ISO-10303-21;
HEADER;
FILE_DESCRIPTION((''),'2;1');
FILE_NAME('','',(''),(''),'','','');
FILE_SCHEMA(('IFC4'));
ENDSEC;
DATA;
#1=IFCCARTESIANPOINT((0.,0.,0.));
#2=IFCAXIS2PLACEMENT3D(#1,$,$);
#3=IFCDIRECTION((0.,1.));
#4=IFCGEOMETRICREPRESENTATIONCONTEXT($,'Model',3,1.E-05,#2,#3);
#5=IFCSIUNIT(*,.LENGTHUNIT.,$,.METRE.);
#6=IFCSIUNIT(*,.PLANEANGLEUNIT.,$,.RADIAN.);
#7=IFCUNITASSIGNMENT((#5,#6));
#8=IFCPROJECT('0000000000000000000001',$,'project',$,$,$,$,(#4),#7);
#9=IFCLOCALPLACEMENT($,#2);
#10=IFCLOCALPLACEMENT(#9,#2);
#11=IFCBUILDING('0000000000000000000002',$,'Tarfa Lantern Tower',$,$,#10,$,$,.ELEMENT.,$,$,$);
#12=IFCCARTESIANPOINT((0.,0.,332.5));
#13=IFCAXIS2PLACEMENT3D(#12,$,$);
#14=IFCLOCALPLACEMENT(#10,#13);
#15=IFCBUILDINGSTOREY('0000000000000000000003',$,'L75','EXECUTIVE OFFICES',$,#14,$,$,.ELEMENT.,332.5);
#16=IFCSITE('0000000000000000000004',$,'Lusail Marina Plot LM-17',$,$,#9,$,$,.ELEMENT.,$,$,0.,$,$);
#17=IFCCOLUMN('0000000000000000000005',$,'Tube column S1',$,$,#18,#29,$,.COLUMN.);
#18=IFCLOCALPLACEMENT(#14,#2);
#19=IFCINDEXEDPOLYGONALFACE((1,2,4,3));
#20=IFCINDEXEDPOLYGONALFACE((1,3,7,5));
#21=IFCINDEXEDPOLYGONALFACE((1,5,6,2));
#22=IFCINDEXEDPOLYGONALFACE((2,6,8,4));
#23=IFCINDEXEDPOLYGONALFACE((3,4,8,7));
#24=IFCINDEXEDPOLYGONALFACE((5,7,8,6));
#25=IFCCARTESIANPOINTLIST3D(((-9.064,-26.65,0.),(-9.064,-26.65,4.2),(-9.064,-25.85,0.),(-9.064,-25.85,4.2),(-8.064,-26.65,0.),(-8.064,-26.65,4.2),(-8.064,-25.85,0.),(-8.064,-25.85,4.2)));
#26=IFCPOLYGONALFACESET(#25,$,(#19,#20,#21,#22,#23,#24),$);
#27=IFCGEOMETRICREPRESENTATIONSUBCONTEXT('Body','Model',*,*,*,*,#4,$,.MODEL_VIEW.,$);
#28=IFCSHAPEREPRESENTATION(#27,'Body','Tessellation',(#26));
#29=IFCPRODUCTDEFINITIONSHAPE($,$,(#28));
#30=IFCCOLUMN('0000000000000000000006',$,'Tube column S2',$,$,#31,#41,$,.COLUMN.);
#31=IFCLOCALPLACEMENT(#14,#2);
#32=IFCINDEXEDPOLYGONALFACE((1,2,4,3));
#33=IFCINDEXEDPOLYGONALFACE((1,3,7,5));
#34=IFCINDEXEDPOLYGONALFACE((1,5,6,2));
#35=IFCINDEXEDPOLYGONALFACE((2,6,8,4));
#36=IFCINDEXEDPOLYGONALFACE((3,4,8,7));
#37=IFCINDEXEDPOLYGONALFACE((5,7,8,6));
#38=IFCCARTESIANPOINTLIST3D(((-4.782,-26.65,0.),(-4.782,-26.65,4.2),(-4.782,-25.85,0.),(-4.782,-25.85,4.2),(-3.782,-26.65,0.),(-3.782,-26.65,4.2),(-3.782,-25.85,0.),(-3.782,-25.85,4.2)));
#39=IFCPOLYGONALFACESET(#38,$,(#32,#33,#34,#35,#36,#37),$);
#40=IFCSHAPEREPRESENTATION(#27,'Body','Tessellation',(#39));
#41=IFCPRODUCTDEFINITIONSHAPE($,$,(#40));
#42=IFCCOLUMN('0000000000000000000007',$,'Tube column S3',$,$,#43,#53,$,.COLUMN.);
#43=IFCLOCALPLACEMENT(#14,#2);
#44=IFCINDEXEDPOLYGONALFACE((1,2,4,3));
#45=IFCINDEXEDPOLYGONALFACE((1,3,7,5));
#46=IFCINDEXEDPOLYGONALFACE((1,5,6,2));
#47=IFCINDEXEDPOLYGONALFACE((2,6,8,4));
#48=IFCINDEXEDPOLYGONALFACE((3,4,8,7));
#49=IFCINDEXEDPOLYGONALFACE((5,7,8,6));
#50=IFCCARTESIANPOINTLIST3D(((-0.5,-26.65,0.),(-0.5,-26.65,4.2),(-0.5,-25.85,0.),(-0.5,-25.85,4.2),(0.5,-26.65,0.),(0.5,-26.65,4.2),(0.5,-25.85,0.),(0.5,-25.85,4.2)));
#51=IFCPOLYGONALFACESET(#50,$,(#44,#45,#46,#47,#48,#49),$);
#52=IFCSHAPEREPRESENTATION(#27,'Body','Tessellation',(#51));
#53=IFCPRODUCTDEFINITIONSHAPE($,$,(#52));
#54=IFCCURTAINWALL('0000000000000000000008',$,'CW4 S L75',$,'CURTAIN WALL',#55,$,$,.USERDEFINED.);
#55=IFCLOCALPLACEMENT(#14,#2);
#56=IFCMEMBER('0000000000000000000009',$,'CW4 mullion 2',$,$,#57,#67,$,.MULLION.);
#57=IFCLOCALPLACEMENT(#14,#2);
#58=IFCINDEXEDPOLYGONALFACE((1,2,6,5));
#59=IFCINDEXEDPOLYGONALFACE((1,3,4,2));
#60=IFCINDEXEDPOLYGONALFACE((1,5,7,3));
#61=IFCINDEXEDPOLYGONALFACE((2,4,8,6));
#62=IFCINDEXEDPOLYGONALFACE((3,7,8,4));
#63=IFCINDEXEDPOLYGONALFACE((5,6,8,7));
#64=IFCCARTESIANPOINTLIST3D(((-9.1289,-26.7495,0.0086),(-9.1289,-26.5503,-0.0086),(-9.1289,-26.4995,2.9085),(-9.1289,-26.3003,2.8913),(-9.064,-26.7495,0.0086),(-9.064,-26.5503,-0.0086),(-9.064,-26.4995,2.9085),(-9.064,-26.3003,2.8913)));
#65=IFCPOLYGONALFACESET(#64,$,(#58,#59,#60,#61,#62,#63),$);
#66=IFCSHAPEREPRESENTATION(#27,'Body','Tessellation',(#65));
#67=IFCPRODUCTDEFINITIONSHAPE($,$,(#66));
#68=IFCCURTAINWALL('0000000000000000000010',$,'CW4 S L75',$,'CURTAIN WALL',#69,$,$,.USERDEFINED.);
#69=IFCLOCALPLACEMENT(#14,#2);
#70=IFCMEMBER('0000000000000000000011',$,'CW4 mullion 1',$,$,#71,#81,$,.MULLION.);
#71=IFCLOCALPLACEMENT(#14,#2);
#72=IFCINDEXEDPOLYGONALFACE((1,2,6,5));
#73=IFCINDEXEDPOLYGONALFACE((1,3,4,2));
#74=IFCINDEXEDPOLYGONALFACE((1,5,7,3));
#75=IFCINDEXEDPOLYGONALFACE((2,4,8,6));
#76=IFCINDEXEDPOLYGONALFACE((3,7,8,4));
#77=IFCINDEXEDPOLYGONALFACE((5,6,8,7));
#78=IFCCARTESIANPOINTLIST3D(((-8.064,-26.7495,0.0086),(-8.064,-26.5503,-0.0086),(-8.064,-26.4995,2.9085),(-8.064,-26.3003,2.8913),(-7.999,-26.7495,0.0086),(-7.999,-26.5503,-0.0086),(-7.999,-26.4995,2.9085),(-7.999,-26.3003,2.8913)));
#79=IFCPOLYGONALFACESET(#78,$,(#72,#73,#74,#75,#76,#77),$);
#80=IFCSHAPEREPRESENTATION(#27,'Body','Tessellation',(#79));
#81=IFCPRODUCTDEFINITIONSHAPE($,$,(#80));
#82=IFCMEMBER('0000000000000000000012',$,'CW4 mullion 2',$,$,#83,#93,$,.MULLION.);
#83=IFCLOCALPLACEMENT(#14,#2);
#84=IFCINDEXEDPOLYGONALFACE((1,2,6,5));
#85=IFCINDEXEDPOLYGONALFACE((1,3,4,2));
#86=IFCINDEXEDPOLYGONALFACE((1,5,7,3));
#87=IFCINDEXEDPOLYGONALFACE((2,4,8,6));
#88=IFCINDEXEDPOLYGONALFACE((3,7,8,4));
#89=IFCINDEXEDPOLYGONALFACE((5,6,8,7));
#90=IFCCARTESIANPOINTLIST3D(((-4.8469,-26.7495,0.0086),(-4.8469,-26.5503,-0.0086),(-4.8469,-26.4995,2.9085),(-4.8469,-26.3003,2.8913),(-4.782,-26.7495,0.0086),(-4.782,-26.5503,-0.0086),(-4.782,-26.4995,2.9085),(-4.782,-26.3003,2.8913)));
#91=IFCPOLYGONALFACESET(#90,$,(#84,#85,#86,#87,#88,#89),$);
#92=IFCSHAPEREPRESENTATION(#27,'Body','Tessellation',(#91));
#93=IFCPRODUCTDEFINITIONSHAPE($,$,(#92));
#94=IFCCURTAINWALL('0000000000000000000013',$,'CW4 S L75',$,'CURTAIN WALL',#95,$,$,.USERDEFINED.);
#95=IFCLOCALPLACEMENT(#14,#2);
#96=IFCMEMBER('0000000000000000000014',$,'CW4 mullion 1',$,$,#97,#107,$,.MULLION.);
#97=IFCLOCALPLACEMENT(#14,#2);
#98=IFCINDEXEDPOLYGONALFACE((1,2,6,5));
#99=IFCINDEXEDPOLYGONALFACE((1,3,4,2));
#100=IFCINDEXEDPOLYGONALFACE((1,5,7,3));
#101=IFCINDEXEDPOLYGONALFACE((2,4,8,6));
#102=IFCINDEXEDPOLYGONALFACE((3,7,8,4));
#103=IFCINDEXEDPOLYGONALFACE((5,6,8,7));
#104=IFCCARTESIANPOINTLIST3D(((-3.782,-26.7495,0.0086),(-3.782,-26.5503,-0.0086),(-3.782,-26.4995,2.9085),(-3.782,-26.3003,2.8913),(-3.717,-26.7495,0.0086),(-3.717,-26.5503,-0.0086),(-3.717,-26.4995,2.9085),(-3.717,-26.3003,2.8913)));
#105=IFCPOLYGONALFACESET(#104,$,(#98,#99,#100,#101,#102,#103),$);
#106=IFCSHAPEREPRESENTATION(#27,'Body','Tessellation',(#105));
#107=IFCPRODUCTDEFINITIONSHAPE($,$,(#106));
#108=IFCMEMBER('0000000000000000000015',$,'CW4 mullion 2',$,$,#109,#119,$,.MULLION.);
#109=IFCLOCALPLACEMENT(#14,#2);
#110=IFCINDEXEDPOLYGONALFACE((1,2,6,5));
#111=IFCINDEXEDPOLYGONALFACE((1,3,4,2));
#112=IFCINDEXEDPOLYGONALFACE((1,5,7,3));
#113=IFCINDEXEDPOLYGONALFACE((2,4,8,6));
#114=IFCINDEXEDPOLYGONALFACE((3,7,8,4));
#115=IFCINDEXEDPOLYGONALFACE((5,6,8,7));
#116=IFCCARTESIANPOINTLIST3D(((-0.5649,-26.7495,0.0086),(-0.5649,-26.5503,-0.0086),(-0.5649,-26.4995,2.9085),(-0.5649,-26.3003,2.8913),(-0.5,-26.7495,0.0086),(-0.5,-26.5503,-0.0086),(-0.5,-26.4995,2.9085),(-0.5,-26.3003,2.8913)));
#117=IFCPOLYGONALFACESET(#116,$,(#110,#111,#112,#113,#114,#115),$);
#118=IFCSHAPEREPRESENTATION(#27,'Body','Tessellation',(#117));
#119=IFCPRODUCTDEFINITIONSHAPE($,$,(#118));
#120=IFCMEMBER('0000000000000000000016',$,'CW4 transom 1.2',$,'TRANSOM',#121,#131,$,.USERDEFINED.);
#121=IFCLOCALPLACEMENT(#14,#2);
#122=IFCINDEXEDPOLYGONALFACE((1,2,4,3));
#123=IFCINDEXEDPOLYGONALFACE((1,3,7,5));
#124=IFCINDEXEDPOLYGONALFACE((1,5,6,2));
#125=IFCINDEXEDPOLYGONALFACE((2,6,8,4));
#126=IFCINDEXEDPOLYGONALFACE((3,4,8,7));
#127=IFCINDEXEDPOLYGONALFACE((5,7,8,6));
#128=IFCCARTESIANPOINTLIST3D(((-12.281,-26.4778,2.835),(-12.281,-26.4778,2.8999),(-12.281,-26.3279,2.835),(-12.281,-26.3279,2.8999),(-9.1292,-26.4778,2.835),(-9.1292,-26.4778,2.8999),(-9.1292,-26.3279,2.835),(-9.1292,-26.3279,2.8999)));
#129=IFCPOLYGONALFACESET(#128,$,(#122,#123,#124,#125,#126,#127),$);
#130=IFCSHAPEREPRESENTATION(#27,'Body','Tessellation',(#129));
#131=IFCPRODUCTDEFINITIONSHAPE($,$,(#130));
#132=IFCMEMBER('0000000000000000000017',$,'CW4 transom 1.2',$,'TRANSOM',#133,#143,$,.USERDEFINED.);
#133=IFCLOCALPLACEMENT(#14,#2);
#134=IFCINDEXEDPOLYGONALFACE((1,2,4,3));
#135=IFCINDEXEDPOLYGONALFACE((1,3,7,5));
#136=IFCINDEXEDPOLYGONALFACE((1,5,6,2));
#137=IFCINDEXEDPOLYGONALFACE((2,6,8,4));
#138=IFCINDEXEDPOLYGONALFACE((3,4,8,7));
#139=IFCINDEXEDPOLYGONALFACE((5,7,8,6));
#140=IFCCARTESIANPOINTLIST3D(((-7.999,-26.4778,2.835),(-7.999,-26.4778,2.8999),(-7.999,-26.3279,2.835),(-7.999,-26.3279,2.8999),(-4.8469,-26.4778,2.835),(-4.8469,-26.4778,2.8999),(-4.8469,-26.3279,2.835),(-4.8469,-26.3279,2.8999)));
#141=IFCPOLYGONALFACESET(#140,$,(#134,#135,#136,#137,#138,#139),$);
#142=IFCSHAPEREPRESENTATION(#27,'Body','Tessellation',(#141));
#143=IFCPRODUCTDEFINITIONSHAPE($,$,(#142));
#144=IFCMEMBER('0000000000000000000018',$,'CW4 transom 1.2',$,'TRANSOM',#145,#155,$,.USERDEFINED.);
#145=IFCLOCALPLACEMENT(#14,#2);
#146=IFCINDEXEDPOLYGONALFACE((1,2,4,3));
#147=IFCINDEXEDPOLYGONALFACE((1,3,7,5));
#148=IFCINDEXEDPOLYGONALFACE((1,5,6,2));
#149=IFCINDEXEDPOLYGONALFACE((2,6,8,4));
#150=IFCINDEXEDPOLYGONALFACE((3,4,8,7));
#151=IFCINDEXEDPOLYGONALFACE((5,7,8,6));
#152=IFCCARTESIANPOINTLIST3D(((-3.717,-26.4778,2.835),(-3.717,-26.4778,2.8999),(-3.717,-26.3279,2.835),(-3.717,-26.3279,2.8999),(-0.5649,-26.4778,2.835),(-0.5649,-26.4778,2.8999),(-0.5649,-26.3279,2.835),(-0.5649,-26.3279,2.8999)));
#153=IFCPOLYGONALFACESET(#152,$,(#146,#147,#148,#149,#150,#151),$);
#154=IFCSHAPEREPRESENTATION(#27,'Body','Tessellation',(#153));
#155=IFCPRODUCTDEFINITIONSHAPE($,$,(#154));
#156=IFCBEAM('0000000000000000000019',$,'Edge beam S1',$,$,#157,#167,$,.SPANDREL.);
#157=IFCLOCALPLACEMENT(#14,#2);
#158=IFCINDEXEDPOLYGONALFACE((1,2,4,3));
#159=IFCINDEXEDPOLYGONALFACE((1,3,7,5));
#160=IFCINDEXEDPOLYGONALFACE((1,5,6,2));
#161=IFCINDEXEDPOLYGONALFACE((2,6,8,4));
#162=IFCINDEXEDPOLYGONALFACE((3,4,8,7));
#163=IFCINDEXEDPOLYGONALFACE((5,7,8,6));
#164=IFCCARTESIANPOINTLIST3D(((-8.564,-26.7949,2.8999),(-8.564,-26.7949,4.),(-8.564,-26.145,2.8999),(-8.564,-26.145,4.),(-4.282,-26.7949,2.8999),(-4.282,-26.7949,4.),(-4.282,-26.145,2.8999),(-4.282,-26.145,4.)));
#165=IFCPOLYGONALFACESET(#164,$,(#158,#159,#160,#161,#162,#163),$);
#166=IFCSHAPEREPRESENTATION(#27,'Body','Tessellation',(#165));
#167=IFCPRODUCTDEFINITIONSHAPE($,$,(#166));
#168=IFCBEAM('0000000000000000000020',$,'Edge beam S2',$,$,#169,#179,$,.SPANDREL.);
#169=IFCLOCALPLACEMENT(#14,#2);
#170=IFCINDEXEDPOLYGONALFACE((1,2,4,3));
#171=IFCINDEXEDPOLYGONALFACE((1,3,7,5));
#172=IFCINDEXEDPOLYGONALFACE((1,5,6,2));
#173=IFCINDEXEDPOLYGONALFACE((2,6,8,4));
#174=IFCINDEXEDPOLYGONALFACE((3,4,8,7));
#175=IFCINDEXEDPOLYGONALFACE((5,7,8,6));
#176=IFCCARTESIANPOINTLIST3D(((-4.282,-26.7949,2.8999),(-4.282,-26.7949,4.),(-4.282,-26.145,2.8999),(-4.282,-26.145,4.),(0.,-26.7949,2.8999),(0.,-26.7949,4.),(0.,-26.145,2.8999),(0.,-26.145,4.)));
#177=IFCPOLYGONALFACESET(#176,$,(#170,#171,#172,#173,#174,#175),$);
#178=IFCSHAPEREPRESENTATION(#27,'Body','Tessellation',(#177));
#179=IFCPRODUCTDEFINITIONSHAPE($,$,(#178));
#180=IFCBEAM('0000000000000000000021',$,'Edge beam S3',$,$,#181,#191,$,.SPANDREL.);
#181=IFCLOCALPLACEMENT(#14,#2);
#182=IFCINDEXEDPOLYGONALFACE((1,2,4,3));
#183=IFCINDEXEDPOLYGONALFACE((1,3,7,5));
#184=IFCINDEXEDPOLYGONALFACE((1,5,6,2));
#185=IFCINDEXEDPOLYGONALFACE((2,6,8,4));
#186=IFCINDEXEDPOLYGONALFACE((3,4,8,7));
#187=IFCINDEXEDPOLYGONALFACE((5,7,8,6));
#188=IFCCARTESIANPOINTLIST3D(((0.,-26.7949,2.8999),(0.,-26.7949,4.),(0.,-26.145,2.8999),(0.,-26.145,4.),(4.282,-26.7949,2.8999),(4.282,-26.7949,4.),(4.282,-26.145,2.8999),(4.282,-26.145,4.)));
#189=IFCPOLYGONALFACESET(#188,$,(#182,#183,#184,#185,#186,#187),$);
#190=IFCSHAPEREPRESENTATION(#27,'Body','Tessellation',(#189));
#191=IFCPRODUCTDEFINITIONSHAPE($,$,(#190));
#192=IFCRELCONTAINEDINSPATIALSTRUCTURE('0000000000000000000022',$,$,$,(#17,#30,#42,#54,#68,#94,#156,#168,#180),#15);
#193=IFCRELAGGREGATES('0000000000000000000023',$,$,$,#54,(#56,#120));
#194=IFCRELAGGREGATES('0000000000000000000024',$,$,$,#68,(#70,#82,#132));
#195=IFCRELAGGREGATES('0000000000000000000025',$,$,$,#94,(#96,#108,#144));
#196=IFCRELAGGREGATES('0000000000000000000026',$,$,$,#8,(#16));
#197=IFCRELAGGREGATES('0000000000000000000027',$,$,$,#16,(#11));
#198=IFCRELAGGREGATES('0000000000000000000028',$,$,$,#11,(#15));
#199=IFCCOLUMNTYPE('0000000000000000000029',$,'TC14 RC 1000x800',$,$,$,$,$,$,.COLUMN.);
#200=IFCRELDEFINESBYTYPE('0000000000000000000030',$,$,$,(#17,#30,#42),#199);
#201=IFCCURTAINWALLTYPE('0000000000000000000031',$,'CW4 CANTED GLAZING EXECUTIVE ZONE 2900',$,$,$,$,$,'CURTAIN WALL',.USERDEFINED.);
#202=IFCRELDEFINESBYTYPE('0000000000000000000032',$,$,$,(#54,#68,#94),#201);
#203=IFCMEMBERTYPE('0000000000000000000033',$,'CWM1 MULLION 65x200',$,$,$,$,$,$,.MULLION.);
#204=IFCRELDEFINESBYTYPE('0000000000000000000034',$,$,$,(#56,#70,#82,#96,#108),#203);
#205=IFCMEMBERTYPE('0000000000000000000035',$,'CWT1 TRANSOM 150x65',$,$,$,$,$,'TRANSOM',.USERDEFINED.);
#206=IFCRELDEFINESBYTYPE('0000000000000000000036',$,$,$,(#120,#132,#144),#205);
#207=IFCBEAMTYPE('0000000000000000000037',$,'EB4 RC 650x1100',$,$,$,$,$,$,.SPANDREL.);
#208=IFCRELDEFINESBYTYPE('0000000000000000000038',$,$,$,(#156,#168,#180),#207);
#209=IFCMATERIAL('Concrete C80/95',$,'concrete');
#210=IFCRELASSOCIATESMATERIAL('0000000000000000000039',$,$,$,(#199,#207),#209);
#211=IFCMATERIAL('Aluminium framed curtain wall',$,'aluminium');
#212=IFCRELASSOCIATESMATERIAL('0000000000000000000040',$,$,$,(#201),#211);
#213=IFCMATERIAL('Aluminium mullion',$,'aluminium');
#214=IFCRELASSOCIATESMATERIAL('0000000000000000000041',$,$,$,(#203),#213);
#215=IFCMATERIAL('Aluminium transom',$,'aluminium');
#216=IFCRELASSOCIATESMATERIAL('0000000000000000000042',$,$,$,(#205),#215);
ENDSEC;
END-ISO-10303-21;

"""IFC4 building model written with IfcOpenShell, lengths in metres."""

from ifc_helpers import new_model, si_unit, direction, frame, origin, origin_2d, place, context, subcontext, project, spatial, rectangle, extrude, material, material_profile, profile_set, type_object, element, aggregate, save


model = new_model("IFC4")

# Units and contexts
model_context = context("Model", 3, precision=1e-05, world=origin(), true_north=direction((0.0, 1.0)))
body_context = subcontext(model_context, "Body", "Model", "MODEL_VIEW")
ifc_project = project(units=[si_unit("LENGTHUNIT", "METRE"), si_unit("PLANEANGLEUNIT", "RADIAN")], contexts=[model_context])

# Site, building, storey
site_placement = place(None, origin())
site = spatial("IfcSite", under=ifc_project, at=site_placement, Name="Lusail Marina Plot LM-17", CompositionType="ELEMENT", RefElevation=0.0)
building_placement = place(site_placement, origin())
building = spatial("IfcBuilding", under=site, at=building_placement, Name="Tarfa Lantern Tower", CompositionType="ELEMENT")
storey_placement = place(building_placement, frame((0.0, 0.0, 332.5)))
storey = spatial("IfcBuildingStorey", under=building, at=storey_placement, Name="L75", Description="EXECUTIVE OFFICES", CompositionType="ELEMENT", Elevation=332.5)

# Columns
ifc_material_1 = material(Name="Concrete C80/95", Category="concrete")
ifc_material_profile_1 = material_profile(ifc_material_1, rectangle(XDim=1.0, YDim=0.8, at=origin_2d()), Name="RC 1000x800")
ifc_profile_set_1 = profile_set([ifc_material_profile_1], Name="Concrete C80/95")
column_type = type_object("IfcColumnType", Name="TC14 RC 1000x800", PredefinedType="COLUMN", material=ifc_profile_set_1)
for number, where, z_axis, x_axis, name in (
    (1, (-8.564, -26.25, 0.0), (0.0, 0.0, 1.0), (1.0, 0.0, 0.0), "Tube column S1"),
    (2, (-4.282, -26.25, 0.0), (0.0, 0.0, 1.0), (1.0, 0.0, 0.0), "Tube column S2"),
    (3, (0.0, -26.25, 0.0), (0.0, 0.0, 1.0), (1.0, 0.0, 0.0), "Tube column S3"),
):
    element("IfcColumn", number, at=place(storey_placement, frame(where, z_axis=z_axis, x_axis=x_axis)), inside=storey, type_object=column_type, Name=name, PredefinedType="COLUMN", context=body_context, shape_type="SweptSolid", body=[
        extrude(rectangle(XDim=1.0, YDim=0.8, at=origin_2d()), origin(), (0.0, 0.0, 1.0), 4.2),
    ])

# Curtain wall, member
ifc_material_2 = material(Name="Aluminium framed curtain wall", Category="aluminium")
curtain_wall_type = type_object("IfcCurtainWallType", Name="CW4 CANTED GLAZING EXECUTIVE ZONE 2900", ElementType="CURTAIN WALL", PredefinedType="USERDEFINED", material=ifc_material_2)
curtain_wall_1_placement = place(storey_placement, origin())
curtain_wall_1 = element("IfcCurtainWall", 4, at=curtain_wall_1_placement, inside=storey, type_object=curtain_wall_type, Name="CW4 S L75", ObjectType="CURTAIN WALL", PredefinedType="USERDEFINED")
ifc_material_3 = material(Name="Aluminium mullion", Category="aluminium")
ifc_material_profile_2 = material_profile(ifc_material_3, rectangle(XDim=0.0649, YDim=0.2, at=origin_2d()), Name="AL MULLION 65x200")
ifc_profile_set_2 = profile_set([ifc_material_profile_2], Name="Aluminium mullion")
member_type_1 = type_object("IfcMemberType", Name="CWM1 MULLION 65x200", PredefinedType="MULLION", material=ifc_profile_set_2)
member_1_placement = place(storey_placement, frame((-9.0964, -26.6499, 0.0), z_axis=(0.0, 0.085891, 0.996305), x_axis=(-1.0, 0.0, 0.0)))
member_1 = element("IfcMember", 5, at=member_1_placement, type_object=member_type_1, Name="CW4 mullion 2", PredefinedType="MULLION", context=body_context, shape_type="SweptSolid", body=[
    extrude(rectangle(XDim=0.0649, YDim=0.2, at=origin_2d()), origin(), (0.0, 0.0, 1.0), 2.9106),
])

# Curtain walls, members
curtain_wall_2_placement = place(storey_placement, origin())
curtain_wall_2 = element("IfcCurtainWall", 6, at=curtain_wall_2_placement, inside=storey, type_object=curtain_wall_type, Name="CW4 S L75", ObjectType="CURTAIN WALL", PredefinedType="USERDEFINED")
member_2_placement = place(storey_placement, frame((-8.0315, -26.6499, 0.0), z_axis=(0.0, 0.085891, 0.996305), x_axis=(-1.0, 0.0, 0.0)))
member_2 = element("IfcMember", 7, at=member_2_placement, type_object=member_type_1, Name="CW4 mullion 1", PredefinedType="MULLION", context=body_context, shape_type="SweptSolid", body=[
    extrude(rectangle(XDim=0.0649, YDim=0.2, at=origin_2d()), origin(), (0.0, 0.0, 1.0), 2.9106),
])
member_3_placement = place(storey_placement, frame((-4.8145, -26.6499, 0.0), z_axis=(0.0, 0.085891, 0.996305), x_axis=(-1.0, 0.0, 0.0)))
member_3 = element("IfcMember", 8, at=member_3_placement, type_object=member_type_1, Name="CW4 mullion 2", PredefinedType="MULLION", context=body_context, shape_type="SweptSolid", body=[
    extrude(rectangle(XDim=0.0649, YDim=0.2, at=origin_2d()), origin(), (0.0, 0.0, 1.0), 2.9106),
])
curtain_wall_3_placement = place(storey_placement, origin())
curtain_wall_3 = element("IfcCurtainWall", 9, at=curtain_wall_3_placement, inside=storey, type_object=curtain_wall_type, Name="CW4 S L75", ObjectType="CURTAIN WALL", PredefinedType="USERDEFINED")
member_4_placement = place(storey_placement, frame((-3.7495, -26.6499, 0.0), z_axis=(0.0, 0.085891, 0.996305), x_axis=(-1.0, 0.0, 0.0)))
member_4 = element("IfcMember", 10, at=member_4_placement, type_object=member_type_1, Name="CW4 mullion 1", PredefinedType="MULLION", context=body_context, shape_type="SweptSolid", body=[
    extrude(rectangle(XDim=0.0649, YDim=0.2, at=origin_2d()), origin(), (0.0, 0.0, 1.0), 2.9106),
])
member_5_placement = place(storey_placement, frame((-0.5325, -26.6499, 0.0), z_axis=(0.0, 0.085891, 0.996305), x_axis=(-1.0, 0.0, 0.0)))
member_5 = element("IfcMember", 11, at=member_5_placement, type_object=member_type_1, Name="CW4 mullion 2", PredefinedType="MULLION", context=body_context, shape_type="SweptSolid", body=[
    extrude(rectangle(XDim=0.0649, YDim=0.2, at=origin_2d()), origin(), (0.0, 0.0, 1.0), 2.9106),
])

# Members
ifc_material_4 = material(Name="Aluminium transom", Category="aluminium")
ifc_material_profile_3 = material_profile(ifc_material_4, rectangle(XDim=0.1499, YDim=0.0649, at=origin_2d()), Name="AL TRANSOM 150x65")
ifc_profile_set_3 = profile_set([ifc_material_profile_3], Name="Aluminium transom")
member_type_2 = type_object("IfcMemberType", Name="CWT1 TRANSOM 150x65", ElementType="TRANSOM", PredefinedType="USERDEFINED", material=ifc_profile_set_3)
member_6_placement = place(storey_placement, frame((-12.281, -26.4028, 2.8674), z_axis=(1.0, 0.0, 0.0), x_axis=(0.0, 1.0, 0.0)))
member_6 = element("IfcMember", 12, at=member_6_placement, type_object=member_type_2, Name="CW4 transom 1.2", ObjectType="TRANSOM", PredefinedType="USERDEFINED", context=body_context, shape_type="SweptSolid", body=[
    extrude(rectangle(XDim=0.1499, YDim=0.0649, at=origin_2d()), origin(), (0.0, 0.0, 1.0), 3.1519),
])
aggregate(curtain_wall_1, [member_1, member_6])
member_7_placement = place(storey_placement, frame((-7.999, -26.4028, 2.8674), z_axis=(1.0, 0.0, 0.0), x_axis=(0.0, 1.0, 0.0)))
member_7 = element("IfcMember", 13, at=member_7_placement, type_object=member_type_2, Name="CW4 transom 1.2", ObjectType="TRANSOM", PredefinedType="USERDEFINED", context=body_context, shape_type="SweptSolid", body=[
    extrude(rectangle(XDim=0.1499, YDim=0.0649, at=origin_2d()), origin(), (0.0, 0.0, 1.0), 3.1521),
])
member_8_placement = place(storey_placement, frame((-3.717, -26.4028, 2.8674), z_axis=(1.0, 0.0, 0.0), x_axis=(0.0, 1.0, 0.0)))
member_8 = element("IfcMember", 14, at=member_8_placement, type_object=member_type_2, Name="CW4 transom 1.2", ObjectType="TRANSOM", PredefinedType="USERDEFINED", context=body_context, shape_type="SweptSolid", body=[
    extrude(rectangle(XDim=0.1499, YDim=0.0649, at=origin_2d()), origin(), (0.0, 0.0, 1.0), 3.1521),
])

# Beams
ifc_material_profile_4 = material_profile(ifc_material_1, rectangle(XDim=0.6499, YDim=1.1001, at=origin_2d()), Name="RC 650x1100")
ifc_profile_set_4 = profile_set([ifc_material_profile_4], Name="Concrete C80/95")
beam_type_1 = type_object("IfcBeamType", Name="EB4 RC 650x1100", PredefinedType="SPANDREL", material=ifc_profile_set_4)
for number, where, z_axis, x_axis, name in (
    (15, (-8.564, -26.47, 3.45), (1.0, 0.0, 0.0), (0.0, 1.0, 0.0), "Edge beam S1"),
    (16, (-4.282, -26.47, 3.45), (1.0, 0.0, 0.0), (0.0, 1.0, 0.0), "Edge beam S2"),
    (17, (0.0, -26.47, 3.45), (1.0, 0.0, 0.0), (0.0, 1.0, 0.0), "Edge beam S3"),
):
    element("IfcBeam", number, at=place(storey_placement, frame(where, z_axis=z_axis, x_axis=x_axis)), inside=storey, type_object=beam_type_1, Name=name, PredefinedType="SPANDREL", context=body_context, shape_type="SweptSolid", body=[
        extrude(rectangle(XDim=0.6499, YDim=1.1001, at=origin_2d()), origin(), (0.0, 0.0, 1.0), 4.282),
    ])

aggregate(curtain_wall_2, [member_2, member_3, member_7])
aggregate(curtain_wall_3, [member_4, member_5, member_8])

save(model, "model.ifc")
